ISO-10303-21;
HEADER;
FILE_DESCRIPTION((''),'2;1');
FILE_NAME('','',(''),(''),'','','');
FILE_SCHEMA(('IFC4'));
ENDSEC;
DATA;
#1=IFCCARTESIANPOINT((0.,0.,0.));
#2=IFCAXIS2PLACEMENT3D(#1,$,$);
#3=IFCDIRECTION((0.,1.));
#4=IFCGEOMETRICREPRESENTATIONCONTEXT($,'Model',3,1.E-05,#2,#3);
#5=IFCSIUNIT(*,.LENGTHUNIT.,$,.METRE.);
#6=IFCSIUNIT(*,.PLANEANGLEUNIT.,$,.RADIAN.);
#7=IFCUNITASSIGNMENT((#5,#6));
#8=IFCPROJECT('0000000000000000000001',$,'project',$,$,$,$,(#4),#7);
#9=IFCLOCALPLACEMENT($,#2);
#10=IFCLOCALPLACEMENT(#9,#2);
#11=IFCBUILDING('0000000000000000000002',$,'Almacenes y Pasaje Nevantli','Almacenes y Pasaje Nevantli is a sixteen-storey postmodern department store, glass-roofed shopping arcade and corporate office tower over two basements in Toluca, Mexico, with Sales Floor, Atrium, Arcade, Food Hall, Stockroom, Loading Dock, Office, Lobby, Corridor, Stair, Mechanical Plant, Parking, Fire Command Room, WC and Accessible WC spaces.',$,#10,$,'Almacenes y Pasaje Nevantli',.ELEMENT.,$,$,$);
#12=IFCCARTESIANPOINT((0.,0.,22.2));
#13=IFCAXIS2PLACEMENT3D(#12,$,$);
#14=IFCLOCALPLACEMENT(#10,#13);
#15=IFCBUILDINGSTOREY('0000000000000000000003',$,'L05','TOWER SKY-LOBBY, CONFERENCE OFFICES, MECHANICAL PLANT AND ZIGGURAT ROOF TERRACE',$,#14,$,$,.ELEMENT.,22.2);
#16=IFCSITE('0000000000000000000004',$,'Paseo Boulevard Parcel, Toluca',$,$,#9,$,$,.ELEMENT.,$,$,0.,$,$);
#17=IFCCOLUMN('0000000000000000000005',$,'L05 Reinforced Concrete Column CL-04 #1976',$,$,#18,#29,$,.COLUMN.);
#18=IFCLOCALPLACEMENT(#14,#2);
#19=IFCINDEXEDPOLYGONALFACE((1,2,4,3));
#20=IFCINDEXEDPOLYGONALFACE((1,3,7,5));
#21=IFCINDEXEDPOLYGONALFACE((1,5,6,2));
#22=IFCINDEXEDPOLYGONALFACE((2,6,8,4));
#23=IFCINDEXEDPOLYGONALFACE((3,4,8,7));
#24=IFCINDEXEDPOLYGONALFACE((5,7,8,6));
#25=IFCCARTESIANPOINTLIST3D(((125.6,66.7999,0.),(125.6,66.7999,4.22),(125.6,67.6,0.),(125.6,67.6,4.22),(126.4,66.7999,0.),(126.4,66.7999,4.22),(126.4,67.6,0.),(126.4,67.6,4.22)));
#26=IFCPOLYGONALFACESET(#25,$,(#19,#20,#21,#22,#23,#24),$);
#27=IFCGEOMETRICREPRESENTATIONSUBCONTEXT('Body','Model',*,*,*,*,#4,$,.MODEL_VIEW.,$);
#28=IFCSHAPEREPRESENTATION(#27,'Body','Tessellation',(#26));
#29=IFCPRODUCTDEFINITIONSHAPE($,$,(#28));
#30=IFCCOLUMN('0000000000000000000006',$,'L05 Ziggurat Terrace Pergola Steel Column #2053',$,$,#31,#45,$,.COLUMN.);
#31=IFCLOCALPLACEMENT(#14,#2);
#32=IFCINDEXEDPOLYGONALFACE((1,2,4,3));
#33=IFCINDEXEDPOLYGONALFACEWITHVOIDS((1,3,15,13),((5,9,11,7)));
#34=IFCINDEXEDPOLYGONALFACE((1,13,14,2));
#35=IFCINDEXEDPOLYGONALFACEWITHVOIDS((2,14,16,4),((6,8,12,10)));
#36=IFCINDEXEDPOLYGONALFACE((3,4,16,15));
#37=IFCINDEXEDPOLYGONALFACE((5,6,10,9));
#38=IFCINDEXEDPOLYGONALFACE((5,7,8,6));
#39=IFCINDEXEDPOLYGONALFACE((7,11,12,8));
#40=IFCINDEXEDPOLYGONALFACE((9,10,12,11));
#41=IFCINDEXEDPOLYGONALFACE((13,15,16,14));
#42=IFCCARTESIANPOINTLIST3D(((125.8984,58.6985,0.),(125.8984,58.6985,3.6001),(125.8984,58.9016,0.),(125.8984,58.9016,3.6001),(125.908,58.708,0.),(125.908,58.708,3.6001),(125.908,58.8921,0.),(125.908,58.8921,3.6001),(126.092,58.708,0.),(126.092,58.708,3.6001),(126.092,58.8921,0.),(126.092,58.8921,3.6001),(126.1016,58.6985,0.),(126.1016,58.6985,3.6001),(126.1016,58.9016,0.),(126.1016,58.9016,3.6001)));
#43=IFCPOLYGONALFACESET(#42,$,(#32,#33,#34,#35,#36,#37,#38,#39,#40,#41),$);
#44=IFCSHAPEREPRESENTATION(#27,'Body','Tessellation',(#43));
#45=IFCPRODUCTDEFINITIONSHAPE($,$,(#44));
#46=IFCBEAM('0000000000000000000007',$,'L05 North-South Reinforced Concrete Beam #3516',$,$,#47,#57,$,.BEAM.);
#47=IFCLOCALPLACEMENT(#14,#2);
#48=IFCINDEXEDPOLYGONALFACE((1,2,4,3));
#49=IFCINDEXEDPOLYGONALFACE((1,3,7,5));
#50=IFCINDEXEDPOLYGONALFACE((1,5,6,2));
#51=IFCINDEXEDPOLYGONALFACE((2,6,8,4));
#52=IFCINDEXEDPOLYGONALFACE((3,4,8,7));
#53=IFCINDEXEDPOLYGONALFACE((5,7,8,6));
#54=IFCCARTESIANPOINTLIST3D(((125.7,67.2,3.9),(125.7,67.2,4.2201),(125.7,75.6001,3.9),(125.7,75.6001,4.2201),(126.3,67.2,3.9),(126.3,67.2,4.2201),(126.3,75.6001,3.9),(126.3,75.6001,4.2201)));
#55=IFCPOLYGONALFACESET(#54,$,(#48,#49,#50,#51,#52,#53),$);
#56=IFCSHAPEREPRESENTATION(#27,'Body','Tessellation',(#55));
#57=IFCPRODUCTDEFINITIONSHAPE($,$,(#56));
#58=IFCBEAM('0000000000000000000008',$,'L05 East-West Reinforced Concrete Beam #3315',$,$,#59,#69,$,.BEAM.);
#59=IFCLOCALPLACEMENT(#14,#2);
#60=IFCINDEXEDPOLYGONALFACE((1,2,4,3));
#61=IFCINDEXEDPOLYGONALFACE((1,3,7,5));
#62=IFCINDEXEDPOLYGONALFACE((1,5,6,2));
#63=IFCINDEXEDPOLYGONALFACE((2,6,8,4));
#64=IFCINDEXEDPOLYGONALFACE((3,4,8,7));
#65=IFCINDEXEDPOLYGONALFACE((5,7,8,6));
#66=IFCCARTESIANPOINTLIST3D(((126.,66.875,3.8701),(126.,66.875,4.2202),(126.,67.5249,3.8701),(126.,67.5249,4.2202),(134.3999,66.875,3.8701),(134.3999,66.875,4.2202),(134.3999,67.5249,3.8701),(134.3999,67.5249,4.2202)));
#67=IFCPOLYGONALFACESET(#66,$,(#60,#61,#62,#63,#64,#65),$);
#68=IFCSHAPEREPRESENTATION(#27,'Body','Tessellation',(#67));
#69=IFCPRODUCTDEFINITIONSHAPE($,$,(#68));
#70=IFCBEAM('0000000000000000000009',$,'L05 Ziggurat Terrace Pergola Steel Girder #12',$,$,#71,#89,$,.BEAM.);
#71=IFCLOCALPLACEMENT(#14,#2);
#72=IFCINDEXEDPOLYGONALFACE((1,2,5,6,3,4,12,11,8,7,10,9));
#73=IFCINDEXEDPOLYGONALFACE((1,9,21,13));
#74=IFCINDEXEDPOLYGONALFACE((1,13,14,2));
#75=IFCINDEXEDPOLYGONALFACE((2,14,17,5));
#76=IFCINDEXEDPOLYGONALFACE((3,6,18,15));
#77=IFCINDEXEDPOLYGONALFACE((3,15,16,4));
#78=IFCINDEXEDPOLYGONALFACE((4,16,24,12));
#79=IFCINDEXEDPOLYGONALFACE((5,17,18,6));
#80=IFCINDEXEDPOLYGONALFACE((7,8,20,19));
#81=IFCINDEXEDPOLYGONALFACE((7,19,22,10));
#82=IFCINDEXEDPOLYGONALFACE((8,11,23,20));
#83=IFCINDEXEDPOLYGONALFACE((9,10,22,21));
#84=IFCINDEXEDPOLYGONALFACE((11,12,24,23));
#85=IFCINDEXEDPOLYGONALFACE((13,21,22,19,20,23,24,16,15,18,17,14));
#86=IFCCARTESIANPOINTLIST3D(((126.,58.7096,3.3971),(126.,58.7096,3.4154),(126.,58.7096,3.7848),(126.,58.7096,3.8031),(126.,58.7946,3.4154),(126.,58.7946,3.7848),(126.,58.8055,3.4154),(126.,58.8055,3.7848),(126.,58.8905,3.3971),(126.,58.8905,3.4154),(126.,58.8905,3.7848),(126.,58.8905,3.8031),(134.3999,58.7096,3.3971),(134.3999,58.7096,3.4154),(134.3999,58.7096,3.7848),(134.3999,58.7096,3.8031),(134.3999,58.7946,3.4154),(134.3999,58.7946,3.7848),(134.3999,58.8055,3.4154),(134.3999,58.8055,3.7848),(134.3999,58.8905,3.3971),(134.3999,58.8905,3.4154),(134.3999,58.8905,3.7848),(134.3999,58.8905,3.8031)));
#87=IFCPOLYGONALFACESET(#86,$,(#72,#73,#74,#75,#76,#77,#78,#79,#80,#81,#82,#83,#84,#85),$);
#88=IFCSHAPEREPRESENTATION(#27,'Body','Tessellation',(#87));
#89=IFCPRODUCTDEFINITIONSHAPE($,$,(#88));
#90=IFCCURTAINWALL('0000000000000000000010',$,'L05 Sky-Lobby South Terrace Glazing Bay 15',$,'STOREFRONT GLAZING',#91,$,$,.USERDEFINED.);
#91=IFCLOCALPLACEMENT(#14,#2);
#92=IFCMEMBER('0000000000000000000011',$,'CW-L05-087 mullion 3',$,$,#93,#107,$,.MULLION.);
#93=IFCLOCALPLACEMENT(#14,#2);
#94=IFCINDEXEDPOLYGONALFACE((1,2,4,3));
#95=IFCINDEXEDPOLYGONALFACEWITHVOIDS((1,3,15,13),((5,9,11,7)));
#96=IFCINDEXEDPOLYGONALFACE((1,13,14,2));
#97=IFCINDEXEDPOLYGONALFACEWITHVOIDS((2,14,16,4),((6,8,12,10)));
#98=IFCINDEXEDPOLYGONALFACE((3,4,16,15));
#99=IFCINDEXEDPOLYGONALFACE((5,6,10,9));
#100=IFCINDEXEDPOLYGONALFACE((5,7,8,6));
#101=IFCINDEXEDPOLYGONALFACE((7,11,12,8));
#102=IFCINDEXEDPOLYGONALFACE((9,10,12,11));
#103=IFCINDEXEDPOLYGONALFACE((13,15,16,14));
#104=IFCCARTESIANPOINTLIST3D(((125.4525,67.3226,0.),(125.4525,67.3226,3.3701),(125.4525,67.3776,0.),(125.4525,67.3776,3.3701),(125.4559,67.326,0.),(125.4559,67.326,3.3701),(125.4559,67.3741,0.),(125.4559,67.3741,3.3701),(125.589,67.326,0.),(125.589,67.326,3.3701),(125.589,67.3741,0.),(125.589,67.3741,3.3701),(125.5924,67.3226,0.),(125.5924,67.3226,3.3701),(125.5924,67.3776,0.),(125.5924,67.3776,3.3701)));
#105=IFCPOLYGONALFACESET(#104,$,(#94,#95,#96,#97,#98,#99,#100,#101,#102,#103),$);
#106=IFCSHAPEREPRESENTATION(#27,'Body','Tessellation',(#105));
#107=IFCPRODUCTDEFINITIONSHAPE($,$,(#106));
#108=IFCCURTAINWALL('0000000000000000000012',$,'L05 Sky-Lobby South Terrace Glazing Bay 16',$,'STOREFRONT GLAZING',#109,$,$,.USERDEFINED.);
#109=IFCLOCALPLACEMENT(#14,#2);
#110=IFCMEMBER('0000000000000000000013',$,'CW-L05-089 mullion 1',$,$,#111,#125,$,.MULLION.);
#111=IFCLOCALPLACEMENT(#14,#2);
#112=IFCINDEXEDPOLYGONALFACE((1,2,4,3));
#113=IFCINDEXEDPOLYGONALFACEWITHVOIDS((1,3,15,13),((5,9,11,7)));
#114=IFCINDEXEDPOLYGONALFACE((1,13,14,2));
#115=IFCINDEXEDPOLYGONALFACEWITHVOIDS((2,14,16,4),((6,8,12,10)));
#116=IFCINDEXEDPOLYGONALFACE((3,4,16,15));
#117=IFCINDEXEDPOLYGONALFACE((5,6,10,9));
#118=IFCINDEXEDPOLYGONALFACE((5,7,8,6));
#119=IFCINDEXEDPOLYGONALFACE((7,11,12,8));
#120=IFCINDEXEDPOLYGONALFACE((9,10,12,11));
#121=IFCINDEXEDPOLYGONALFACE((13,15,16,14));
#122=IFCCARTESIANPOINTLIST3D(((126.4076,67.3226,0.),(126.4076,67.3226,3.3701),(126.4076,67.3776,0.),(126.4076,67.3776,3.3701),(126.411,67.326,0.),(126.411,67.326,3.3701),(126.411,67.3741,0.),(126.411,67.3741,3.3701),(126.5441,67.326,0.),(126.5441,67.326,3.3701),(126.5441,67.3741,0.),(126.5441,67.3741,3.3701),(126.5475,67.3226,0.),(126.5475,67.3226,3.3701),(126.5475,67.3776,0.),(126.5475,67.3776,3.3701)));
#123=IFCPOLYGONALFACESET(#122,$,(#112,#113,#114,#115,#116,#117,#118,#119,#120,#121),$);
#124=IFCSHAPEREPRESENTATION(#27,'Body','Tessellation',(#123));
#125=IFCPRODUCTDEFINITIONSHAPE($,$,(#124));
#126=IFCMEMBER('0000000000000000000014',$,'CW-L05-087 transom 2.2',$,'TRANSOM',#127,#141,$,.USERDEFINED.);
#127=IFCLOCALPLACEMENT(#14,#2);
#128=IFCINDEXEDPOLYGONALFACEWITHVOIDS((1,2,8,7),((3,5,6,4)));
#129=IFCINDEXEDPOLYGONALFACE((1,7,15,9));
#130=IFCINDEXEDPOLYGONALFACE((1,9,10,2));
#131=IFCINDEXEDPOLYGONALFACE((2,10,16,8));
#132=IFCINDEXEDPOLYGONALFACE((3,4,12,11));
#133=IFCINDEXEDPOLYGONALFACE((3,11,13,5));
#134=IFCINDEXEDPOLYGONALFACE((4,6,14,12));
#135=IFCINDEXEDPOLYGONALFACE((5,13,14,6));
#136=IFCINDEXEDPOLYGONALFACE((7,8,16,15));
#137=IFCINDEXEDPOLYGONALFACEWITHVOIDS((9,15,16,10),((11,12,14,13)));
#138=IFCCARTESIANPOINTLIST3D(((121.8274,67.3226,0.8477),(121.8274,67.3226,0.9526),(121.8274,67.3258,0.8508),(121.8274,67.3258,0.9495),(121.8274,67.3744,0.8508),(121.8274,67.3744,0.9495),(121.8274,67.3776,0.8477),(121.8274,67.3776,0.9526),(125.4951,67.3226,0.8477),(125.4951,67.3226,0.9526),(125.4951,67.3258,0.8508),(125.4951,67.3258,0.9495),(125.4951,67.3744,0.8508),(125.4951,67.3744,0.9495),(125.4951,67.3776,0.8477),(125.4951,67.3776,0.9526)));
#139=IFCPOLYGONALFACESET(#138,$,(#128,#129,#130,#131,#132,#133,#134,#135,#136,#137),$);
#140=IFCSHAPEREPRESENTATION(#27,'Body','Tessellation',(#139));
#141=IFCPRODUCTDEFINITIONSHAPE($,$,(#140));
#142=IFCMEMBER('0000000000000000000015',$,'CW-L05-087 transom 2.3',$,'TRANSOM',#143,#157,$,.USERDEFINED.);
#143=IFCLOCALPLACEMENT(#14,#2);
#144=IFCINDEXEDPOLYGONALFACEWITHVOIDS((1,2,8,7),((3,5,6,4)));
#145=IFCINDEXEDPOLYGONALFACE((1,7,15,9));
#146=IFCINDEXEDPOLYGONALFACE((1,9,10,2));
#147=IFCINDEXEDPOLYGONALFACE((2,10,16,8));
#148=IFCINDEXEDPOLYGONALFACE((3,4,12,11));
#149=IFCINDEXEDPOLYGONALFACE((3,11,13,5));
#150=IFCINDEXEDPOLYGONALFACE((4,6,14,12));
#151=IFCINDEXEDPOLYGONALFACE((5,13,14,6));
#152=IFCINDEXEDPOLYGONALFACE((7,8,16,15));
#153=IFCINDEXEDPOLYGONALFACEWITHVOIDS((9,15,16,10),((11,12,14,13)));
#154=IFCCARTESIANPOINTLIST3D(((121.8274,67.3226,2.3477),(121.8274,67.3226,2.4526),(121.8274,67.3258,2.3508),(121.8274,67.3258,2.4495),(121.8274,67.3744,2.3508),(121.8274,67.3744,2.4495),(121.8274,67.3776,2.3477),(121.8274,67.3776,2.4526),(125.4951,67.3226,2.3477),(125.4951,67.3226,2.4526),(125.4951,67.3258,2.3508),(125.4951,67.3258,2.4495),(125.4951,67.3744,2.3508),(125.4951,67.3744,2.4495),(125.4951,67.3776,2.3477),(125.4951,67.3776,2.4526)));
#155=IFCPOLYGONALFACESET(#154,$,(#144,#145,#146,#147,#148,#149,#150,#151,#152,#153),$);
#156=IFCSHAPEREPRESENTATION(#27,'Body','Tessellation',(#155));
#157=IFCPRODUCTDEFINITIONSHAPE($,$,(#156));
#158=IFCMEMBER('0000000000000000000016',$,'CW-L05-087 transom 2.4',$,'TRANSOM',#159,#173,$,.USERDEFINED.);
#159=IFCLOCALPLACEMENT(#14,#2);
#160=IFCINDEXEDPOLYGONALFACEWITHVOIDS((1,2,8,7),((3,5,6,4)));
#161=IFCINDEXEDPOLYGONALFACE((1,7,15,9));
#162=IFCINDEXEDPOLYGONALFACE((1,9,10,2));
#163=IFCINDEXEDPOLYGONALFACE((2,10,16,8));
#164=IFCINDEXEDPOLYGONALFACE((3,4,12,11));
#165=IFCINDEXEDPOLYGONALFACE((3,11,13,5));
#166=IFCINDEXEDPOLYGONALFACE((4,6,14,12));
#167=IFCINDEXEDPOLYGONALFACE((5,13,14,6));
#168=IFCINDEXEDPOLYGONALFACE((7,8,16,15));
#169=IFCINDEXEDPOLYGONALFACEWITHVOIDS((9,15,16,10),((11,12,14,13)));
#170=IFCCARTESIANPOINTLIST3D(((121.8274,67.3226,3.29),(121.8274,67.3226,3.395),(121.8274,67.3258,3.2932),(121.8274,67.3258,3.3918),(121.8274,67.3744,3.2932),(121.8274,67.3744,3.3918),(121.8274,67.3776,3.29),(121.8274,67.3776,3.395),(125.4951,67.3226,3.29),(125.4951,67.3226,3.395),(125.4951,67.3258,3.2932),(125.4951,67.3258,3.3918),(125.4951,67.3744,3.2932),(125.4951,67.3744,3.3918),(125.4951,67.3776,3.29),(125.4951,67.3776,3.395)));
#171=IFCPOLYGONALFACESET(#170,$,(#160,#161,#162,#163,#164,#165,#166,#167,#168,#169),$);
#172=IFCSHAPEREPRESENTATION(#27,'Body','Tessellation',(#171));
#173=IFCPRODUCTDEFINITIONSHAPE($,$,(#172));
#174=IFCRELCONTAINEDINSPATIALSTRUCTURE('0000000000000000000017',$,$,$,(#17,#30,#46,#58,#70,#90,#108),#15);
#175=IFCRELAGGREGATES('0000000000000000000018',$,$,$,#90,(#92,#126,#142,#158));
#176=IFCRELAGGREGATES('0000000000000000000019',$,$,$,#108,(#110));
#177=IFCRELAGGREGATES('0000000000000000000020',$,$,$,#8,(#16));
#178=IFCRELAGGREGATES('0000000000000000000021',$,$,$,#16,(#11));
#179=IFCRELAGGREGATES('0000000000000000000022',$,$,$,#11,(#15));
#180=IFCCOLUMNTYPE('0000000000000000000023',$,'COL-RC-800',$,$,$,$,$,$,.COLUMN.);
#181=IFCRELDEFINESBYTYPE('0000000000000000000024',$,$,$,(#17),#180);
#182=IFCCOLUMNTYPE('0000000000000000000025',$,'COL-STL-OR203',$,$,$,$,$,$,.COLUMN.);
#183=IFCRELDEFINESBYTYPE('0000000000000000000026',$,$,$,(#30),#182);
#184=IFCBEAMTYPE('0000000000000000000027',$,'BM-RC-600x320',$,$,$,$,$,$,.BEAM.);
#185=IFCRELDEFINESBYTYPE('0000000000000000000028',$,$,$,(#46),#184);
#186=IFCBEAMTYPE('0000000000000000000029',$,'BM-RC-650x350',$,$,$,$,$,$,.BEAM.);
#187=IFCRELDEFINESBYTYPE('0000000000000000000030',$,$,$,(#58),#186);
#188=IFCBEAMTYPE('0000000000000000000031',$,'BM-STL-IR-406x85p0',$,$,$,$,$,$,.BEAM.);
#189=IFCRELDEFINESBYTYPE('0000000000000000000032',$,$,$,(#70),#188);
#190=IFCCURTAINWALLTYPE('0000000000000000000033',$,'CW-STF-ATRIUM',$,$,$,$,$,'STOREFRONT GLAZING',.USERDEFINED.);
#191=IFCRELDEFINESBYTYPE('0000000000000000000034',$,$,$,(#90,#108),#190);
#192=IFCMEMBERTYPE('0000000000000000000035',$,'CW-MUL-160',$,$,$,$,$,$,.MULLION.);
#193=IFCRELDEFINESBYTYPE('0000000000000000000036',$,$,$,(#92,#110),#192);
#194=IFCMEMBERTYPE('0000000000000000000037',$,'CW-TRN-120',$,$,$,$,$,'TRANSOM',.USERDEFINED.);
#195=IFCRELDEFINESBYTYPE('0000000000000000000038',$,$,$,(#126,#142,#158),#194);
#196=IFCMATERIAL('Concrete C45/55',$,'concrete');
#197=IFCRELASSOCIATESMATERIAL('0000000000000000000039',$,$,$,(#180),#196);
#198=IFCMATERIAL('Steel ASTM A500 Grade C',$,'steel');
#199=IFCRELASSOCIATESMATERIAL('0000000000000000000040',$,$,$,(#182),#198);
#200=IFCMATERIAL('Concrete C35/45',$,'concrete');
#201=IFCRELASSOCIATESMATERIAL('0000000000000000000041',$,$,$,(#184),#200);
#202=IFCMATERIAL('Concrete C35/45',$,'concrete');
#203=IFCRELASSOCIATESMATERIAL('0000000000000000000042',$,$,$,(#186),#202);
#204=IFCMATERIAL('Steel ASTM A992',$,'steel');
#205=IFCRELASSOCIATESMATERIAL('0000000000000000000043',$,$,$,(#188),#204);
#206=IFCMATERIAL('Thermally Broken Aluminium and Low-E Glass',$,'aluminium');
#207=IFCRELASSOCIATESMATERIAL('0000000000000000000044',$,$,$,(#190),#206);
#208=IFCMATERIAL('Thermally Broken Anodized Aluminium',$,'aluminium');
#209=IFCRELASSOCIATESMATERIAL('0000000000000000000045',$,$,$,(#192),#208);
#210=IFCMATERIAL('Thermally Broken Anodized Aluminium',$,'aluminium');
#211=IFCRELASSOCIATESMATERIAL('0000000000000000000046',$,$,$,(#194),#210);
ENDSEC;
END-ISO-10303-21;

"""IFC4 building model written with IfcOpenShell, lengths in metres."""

from ifc_helpers import new_model, si_unit, direction, frame, origin, origin_2d, place, context, subcontext, project, spatial, rectangle, hollow_rectangle, i_section, extrude, material, material_profile, profile_set, type_object, element, aggregate, save


model = new_model("IFC4")

# Units and contexts
model_context = context("Model", 3, precision=1e-05, world=origin(), true_north=direction((0.0, 1.0)))
body_context = subcontext(model_context, "Body", "Model", "MODEL_VIEW")
ifc_project = project(units=[si_unit("LENGTHUNIT", "METRE"), si_unit("PLANEANGLEUNIT", "RADIAN")], contexts=[model_context])

# Site, building, storey
site_placement = place(None, origin())
site = spatial("IfcSite", under=ifc_project, at=site_placement, Name="Paseo Boulevard Parcel, Toluca", CompositionType="ELEMENT", RefElevation=0.0)
building_placement = place(site_placement, origin())
building = spatial("IfcBuilding", under=site, at=building_placement, Name="Almacenes y Pasaje Nevantli", Description="Almacenes y Pasaje Nevantli is a sixteen-storey postmodern department store, glass-roofed shopping arcade and corporate office tower over two basements in Toluca, Mexico, with Sales Floor, Atrium, Arcade, Food Hall, Stockroom, Loading Dock, Office, Lobby, Corridor, Stair, Mechanical Plant, Parking, Fire Command Room, WC and Accessible WC spaces.", LongName="Almacenes y Pasaje Nevantli", CompositionType="ELEMENT")
storey_placement = place(building_placement, frame((0.0, 0.0, 22.2)))
storey = spatial("IfcBuildingStorey", under=building, at=storey_placement, Name="L05", Description="TOWER SKY-LOBBY, CONFERENCE OFFICES, MECHANICAL PLANT AND ZIGGURAT ROOF TERRACE", CompositionType="ELEMENT", Elevation=22.2)

# Columns
ifc_material_1 = material(Name="Concrete C45/55", Category="concrete")
ifc_material_profile_1 = material_profile(ifc_material_1, rectangle(XDim=0.8, YDim=0.8, at=origin_2d()), Name="RC-COL-800x800")
ifc_profile_set_1 = profile_set([ifc_material_profile_1], Name="Concrete C45/55")
column_type_1 = type_object("IfcColumnType", Name="COL-RC-800", PredefinedType="COLUMN", material=ifc_profile_set_1)
column_1_placement = place(storey_placement, frame((126.0, 67.2, 0.0), z_axis=(0.0, 0.0, 1.0), x_axis=(1.0, 0.0, 0.0)))
element("IfcColumn", 1, at=column_1_placement, inside=storey, type_object=column_type_1, Name="L05 Reinforced Concrete Column CL-04 #1976", PredefinedType="COLUMN", context=body_context, shape_type="SweptSolid", body=[
    extrude(rectangle(XDim=0.8, YDim=0.8, at=origin_2d()), origin(), (0.0, 0.0, 1.0), 4.22),
])
ifc_material_2 = material(Name="Steel ASTM A500 Grade C", Category="steel")
ifc_material_profile_2 = material_profile(ifc_material_2, hollow_rectangle(XDim=0.2031, YDim=0.2031, WallThickness=0.0095, at=origin_2d()), Name="OR 203x203x9.5")
ifc_profile_set_2 = profile_set([ifc_material_profile_2], Name="Steel ASTM A500 Grade C")
column_type_2 = type_object("IfcColumnType", Name="COL-STL-OR203", PredefinedType="COLUMN", material=ifc_profile_set_2)
column_2_placement = place(storey_placement, frame((126.0, 58.8, 0.0), z_axis=(0.0, 0.0, 1.0), x_axis=(1.0, 0.0, 0.0)))
element("IfcColumn", 2, at=column_2_placement, inside=storey, type_object=column_type_2, Name="L05 Ziggurat Terrace Pergola Steel Column #2053", PredefinedType="COLUMN", context=body_context, shape_type="SweptSolid", body=[
    extrude(hollow_rectangle(XDim=0.2031, YDim=0.2031, WallThickness=0.0095, at=origin_2d()), origin(), (0.0, 0.0, 1.0), 3.6001),
])

# Beams
ifc_material_3 = material(Name="Concrete C35/45", Category="concrete")
ifc_material_profile_3 = material_profile(ifc_material_3, rectangle(XDim=0.6001, YDim=0.3201, at=origin_2d()), Name="RC-BM-600x320")
ifc_profile_set_3 = profile_set([ifc_material_profile_3], Name="Concrete C35/45")
beam_type_1 = type_object("IfcBeamType", Name="BM-RC-600x320", PredefinedType="BEAM", material=ifc_profile_set_3)
beam_1_placement = place(storey_placement, frame((126.0, 67.2, 4.0601), z_axis=(0.0, 1.0, 0.0), x_axis=(-1.0, 0.0, 0.0)))
element("IfcBeam", 3, at=beam_1_placement, inside=storey, type_object=beam_type_1, Name="L05 North-South Reinforced Concrete Beam #3516", PredefinedType="BEAM", context=body_context, shape_type="SweptSolid", body=[
    extrude(rectangle(XDim=0.6001, YDim=0.3201, at=origin_2d()), origin(), (0.0, 0.0, 1.0), 8.4001),
])
ifc_material_4 = material(Name="Concrete C35/45", Category="concrete")
ifc_material_profile_4 = material_profile(ifc_material_4, rectangle(XDim=0.6499, YDim=0.3501, at=origin_2d()), Name="RC-BM-650x350")
ifc_profile_set_4 = profile_set([ifc_material_profile_4], Name="Concrete C35/45")
beam_type_2 = type_object("IfcBeamType", Name="BM-RC-650x350", PredefinedType="BEAM", material=ifc_profile_set_4)
beam_2_placement = place(storey_placement, frame((126.0, 67.2, 4.0452), z_axis=(1.0, 0.0, 0.0), x_axis=(0.0, 1.0, 0.0)))
element("IfcBeam", 4, at=beam_2_placement, inside=storey, type_object=beam_type_2, Name="L05 East-West Reinforced Concrete Beam #3315", PredefinedType="BEAM", context=body_context, shape_type="SweptSolid", body=[
    extrude(rectangle(XDim=0.6499, YDim=0.3501, at=origin_2d()), origin(), (0.0, 0.0, 1.0), 8.3999),
])
ifc_material_5 = material(Name="Steel ASTM A992", Category="steel")
ifc_material_profile_5 = material_profile(ifc_material_5, i_section(OverallWidth=0.1809, OverallDepth=0.406, WebThickness=0.011, FlangeThickness=0.0183, at=origin_2d()), Name="IR 406x85.0")
ifc_profile_set_5 = profile_set([ifc_material_profile_5], Name="Steel ASTM A992")
beam_type_3 = type_object("IfcBeamType", Name="BM-STL-IR-406x85p0", PredefinedType="BEAM", material=ifc_profile_set_5)
beam_3_placement = place(storey_placement, frame((126.0, 58.8, 3.6001), z_axis=(1.0, 0.0, 0.0), x_axis=(0.0, 1.0, 0.0)))
element("IfcBeam", 5, at=beam_3_placement, inside=storey, type_object=beam_type_3, Name="L05 Ziggurat Terrace Pergola Steel Girder #12", PredefinedType="BEAM", context=body_context, shape_type="SweptSolid", body=[
    extrude(i_section(OverallWidth=0.1809, OverallDepth=0.406, WebThickness=0.011, FlangeThickness=0.0183, at=origin_2d()), origin(), (0.0, 0.0, 1.0), 8.3999),
])

# Curtain walls, members
ifc_material_6 = material(Name="Thermally Broken Aluminium and Low-E Glass", Category="aluminium")
curtain_wall_type = type_object("IfcCurtainWallType", Name="CW-STF-ATRIUM", ElementType="STOREFRONT GLAZING", PredefinedType="USERDEFINED", material=ifc_material_6)
curtain_wall_1_placement = place(storey_placement, origin())
curtain_wall_1 = element("IfcCurtainWall", 6, at=curtain_wall_1_placement, inside=storey, type_object=curtain_wall_type, Name="L05 Sky-Lobby South Terrace Glazing Bay 15", ObjectType="STOREFRONT GLAZING", PredefinedType="USERDEFINED")
ifc_material_7 = material(Name="Thermally Broken Anodized Aluminium", Category="aluminium")
ifc_material_profile_6 = material_profile(ifc_material_7, hollow_rectangle(XDim=0.0549, YDim=0.1399, WallThickness=0.0034, at=origin_2d()), Name="ALU-MUL-55x140")
ifc_profile_set_6 = profile_set([ifc_material_profile_6], Name="Thermally Broken Anodized Aluminium")
member_type_1 = type_object("IfcMemberType", Name="CW-MUL-160", PredefinedType="MULLION", material=ifc_profile_set_6)
member_1_placement = place(storey_placement, frame((125.5225, 67.3501, 0.0), z_axis=(0.0, 0.0, 1.0), x_axis=(0.0, 1.0, 0.0)))
member_1 = element("IfcMember", 7, at=member_1_placement, type_object=member_type_1, Name="CW-L05-087 mullion 3", PredefinedType="MULLION", context=body_context, shape_type="SweptSolid", body=[
    extrude(hollow_rectangle(XDim=0.0549, YDim=0.1399, WallThickness=0.0034, at=origin_2d()), origin(), (0.0, 0.0, 1.0), 3.3701),
])
curtain_wall_2_placement = place(storey_placement, origin())
curtain_wall_2 = element("IfcCurtainWall", 8, at=curtain_wall_2_placement, inside=storey, type_object=curtain_wall_type, Name="L05 Sky-Lobby South Terrace Glazing Bay 16", ObjectType="STOREFRONT GLAZING", PredefinedType="USERDEFINED")
member_2_placement = place(storey_placement, frame((126.4775, 67.3501, 0.0), z_axis=(0.0, 0.0, 1.0), x_axis=(0.0, 1.0, 0.0)))
member_2 = element("IfcMember", 9, at=member_2_placement, type_object=member_type_1, Name="CW-L05-089 mullion 1", PredefinedType="MULLION", context=body_context, shape_type="SweptSolid", body=[
    extrude(hollow_rectangle(XDim=0.0549, YDim=0.1399, WallThickness=0.0034, at=origin_2d()), origin(), (0.0, 0.0, 1.0), 3.3701),
])

# Members
ifc_material_8 = material(Name="Thermally Broken Anodized Aluminium", Category="aluminium")
ifc_material_profile_7 = material_profile(ifc_material_8, hollow_rectangle(XDim=0.0549, YDim=0.105, WallThickness=0.0032, at=origin_2d()), Name="ALU-TRN-55x105")
ifc_profile_set_7 = profile_set([ifc_material_profile_7], Name="Thermally Broken Anodized Aluminium")
member_type_2 = type_object("IfcMemberType", Name="CW-TRN-120", ElementType="TRANSOM", PredefinedType="USERDEFINED", material=ifc_profile_set_7)
member_3_placement = place(storey_placement, frame((121.8274, 67.3501, 0.9001), z_axis=(1.0, 0.0, 0.0), x_axis=(0.0, 1.0, 0.0)))
member_3 = element("IfcMember", 10, at=member_3_placement, type_object=member_type_2, Name="CW-L05-087 transom 2.2", ObjectType="TRANSOM", PredefinedType="USERDEFINED", context=body_context, shape_type="SweptSolid", body=[
    extrude(hollow_rectangle(XDim=0.0549, YDim=0.105, WallThickness=0.0032, at=origin_2d()), origin(), (0.0, 0.0, 1.0), 3.6677),
])
member_4_placement = place(storey_placement, frame((121.8274, 67.3501, 2.4001), z_axis=(1.0, 0.0, 0.0), x_axis=(0.0, 1.0, 0.0)))
member_4 = element("IfcMember", 11, at=member_4_placement, type_object=member_type_2, Name="CW-L05-087 transom 2.3", ObjectType="TRANSOM", PredefinedType="USERDEFINED", context=body_context, shape_type="SweptSolid", body=[
    extrude(hollow_rectangle(XDim=0.0549, YDim=0.105, WallThickness=0.0032, at=origin_2d()), origin(), (0.0, 0.0, 1.0), 3.6677),
])
member_5_placement = place(storey_placement, frame((121.8274, 67.3501, 3.3425), z_axis=(1.0, 0.0, 0.0), x_axis=(0.0, 1.0, 0.0)))
member_5 = element("IfcMember", 12, at=member_5_placement, type_object=member_type_2, Name="CW-L05-087 transom 2.4", ObjectType="TRANSOM", PredefinedType="USERDEFINED", context=body_context, shape_type="SweptSolid", body=[
    extrude(hollow_rectangle(XDim=0.0549, YDim=0.105, WallThickness=0.0032, at=origin_2d()), origin(), (0.0, 0.0, 1.0), 3.6677),
])

aggregate(curtain_wall_1, [member_1, member_3, member_4, member_5])
aggregate(curtain_wall_2, [member_2])

save(model, "model.ifc")
